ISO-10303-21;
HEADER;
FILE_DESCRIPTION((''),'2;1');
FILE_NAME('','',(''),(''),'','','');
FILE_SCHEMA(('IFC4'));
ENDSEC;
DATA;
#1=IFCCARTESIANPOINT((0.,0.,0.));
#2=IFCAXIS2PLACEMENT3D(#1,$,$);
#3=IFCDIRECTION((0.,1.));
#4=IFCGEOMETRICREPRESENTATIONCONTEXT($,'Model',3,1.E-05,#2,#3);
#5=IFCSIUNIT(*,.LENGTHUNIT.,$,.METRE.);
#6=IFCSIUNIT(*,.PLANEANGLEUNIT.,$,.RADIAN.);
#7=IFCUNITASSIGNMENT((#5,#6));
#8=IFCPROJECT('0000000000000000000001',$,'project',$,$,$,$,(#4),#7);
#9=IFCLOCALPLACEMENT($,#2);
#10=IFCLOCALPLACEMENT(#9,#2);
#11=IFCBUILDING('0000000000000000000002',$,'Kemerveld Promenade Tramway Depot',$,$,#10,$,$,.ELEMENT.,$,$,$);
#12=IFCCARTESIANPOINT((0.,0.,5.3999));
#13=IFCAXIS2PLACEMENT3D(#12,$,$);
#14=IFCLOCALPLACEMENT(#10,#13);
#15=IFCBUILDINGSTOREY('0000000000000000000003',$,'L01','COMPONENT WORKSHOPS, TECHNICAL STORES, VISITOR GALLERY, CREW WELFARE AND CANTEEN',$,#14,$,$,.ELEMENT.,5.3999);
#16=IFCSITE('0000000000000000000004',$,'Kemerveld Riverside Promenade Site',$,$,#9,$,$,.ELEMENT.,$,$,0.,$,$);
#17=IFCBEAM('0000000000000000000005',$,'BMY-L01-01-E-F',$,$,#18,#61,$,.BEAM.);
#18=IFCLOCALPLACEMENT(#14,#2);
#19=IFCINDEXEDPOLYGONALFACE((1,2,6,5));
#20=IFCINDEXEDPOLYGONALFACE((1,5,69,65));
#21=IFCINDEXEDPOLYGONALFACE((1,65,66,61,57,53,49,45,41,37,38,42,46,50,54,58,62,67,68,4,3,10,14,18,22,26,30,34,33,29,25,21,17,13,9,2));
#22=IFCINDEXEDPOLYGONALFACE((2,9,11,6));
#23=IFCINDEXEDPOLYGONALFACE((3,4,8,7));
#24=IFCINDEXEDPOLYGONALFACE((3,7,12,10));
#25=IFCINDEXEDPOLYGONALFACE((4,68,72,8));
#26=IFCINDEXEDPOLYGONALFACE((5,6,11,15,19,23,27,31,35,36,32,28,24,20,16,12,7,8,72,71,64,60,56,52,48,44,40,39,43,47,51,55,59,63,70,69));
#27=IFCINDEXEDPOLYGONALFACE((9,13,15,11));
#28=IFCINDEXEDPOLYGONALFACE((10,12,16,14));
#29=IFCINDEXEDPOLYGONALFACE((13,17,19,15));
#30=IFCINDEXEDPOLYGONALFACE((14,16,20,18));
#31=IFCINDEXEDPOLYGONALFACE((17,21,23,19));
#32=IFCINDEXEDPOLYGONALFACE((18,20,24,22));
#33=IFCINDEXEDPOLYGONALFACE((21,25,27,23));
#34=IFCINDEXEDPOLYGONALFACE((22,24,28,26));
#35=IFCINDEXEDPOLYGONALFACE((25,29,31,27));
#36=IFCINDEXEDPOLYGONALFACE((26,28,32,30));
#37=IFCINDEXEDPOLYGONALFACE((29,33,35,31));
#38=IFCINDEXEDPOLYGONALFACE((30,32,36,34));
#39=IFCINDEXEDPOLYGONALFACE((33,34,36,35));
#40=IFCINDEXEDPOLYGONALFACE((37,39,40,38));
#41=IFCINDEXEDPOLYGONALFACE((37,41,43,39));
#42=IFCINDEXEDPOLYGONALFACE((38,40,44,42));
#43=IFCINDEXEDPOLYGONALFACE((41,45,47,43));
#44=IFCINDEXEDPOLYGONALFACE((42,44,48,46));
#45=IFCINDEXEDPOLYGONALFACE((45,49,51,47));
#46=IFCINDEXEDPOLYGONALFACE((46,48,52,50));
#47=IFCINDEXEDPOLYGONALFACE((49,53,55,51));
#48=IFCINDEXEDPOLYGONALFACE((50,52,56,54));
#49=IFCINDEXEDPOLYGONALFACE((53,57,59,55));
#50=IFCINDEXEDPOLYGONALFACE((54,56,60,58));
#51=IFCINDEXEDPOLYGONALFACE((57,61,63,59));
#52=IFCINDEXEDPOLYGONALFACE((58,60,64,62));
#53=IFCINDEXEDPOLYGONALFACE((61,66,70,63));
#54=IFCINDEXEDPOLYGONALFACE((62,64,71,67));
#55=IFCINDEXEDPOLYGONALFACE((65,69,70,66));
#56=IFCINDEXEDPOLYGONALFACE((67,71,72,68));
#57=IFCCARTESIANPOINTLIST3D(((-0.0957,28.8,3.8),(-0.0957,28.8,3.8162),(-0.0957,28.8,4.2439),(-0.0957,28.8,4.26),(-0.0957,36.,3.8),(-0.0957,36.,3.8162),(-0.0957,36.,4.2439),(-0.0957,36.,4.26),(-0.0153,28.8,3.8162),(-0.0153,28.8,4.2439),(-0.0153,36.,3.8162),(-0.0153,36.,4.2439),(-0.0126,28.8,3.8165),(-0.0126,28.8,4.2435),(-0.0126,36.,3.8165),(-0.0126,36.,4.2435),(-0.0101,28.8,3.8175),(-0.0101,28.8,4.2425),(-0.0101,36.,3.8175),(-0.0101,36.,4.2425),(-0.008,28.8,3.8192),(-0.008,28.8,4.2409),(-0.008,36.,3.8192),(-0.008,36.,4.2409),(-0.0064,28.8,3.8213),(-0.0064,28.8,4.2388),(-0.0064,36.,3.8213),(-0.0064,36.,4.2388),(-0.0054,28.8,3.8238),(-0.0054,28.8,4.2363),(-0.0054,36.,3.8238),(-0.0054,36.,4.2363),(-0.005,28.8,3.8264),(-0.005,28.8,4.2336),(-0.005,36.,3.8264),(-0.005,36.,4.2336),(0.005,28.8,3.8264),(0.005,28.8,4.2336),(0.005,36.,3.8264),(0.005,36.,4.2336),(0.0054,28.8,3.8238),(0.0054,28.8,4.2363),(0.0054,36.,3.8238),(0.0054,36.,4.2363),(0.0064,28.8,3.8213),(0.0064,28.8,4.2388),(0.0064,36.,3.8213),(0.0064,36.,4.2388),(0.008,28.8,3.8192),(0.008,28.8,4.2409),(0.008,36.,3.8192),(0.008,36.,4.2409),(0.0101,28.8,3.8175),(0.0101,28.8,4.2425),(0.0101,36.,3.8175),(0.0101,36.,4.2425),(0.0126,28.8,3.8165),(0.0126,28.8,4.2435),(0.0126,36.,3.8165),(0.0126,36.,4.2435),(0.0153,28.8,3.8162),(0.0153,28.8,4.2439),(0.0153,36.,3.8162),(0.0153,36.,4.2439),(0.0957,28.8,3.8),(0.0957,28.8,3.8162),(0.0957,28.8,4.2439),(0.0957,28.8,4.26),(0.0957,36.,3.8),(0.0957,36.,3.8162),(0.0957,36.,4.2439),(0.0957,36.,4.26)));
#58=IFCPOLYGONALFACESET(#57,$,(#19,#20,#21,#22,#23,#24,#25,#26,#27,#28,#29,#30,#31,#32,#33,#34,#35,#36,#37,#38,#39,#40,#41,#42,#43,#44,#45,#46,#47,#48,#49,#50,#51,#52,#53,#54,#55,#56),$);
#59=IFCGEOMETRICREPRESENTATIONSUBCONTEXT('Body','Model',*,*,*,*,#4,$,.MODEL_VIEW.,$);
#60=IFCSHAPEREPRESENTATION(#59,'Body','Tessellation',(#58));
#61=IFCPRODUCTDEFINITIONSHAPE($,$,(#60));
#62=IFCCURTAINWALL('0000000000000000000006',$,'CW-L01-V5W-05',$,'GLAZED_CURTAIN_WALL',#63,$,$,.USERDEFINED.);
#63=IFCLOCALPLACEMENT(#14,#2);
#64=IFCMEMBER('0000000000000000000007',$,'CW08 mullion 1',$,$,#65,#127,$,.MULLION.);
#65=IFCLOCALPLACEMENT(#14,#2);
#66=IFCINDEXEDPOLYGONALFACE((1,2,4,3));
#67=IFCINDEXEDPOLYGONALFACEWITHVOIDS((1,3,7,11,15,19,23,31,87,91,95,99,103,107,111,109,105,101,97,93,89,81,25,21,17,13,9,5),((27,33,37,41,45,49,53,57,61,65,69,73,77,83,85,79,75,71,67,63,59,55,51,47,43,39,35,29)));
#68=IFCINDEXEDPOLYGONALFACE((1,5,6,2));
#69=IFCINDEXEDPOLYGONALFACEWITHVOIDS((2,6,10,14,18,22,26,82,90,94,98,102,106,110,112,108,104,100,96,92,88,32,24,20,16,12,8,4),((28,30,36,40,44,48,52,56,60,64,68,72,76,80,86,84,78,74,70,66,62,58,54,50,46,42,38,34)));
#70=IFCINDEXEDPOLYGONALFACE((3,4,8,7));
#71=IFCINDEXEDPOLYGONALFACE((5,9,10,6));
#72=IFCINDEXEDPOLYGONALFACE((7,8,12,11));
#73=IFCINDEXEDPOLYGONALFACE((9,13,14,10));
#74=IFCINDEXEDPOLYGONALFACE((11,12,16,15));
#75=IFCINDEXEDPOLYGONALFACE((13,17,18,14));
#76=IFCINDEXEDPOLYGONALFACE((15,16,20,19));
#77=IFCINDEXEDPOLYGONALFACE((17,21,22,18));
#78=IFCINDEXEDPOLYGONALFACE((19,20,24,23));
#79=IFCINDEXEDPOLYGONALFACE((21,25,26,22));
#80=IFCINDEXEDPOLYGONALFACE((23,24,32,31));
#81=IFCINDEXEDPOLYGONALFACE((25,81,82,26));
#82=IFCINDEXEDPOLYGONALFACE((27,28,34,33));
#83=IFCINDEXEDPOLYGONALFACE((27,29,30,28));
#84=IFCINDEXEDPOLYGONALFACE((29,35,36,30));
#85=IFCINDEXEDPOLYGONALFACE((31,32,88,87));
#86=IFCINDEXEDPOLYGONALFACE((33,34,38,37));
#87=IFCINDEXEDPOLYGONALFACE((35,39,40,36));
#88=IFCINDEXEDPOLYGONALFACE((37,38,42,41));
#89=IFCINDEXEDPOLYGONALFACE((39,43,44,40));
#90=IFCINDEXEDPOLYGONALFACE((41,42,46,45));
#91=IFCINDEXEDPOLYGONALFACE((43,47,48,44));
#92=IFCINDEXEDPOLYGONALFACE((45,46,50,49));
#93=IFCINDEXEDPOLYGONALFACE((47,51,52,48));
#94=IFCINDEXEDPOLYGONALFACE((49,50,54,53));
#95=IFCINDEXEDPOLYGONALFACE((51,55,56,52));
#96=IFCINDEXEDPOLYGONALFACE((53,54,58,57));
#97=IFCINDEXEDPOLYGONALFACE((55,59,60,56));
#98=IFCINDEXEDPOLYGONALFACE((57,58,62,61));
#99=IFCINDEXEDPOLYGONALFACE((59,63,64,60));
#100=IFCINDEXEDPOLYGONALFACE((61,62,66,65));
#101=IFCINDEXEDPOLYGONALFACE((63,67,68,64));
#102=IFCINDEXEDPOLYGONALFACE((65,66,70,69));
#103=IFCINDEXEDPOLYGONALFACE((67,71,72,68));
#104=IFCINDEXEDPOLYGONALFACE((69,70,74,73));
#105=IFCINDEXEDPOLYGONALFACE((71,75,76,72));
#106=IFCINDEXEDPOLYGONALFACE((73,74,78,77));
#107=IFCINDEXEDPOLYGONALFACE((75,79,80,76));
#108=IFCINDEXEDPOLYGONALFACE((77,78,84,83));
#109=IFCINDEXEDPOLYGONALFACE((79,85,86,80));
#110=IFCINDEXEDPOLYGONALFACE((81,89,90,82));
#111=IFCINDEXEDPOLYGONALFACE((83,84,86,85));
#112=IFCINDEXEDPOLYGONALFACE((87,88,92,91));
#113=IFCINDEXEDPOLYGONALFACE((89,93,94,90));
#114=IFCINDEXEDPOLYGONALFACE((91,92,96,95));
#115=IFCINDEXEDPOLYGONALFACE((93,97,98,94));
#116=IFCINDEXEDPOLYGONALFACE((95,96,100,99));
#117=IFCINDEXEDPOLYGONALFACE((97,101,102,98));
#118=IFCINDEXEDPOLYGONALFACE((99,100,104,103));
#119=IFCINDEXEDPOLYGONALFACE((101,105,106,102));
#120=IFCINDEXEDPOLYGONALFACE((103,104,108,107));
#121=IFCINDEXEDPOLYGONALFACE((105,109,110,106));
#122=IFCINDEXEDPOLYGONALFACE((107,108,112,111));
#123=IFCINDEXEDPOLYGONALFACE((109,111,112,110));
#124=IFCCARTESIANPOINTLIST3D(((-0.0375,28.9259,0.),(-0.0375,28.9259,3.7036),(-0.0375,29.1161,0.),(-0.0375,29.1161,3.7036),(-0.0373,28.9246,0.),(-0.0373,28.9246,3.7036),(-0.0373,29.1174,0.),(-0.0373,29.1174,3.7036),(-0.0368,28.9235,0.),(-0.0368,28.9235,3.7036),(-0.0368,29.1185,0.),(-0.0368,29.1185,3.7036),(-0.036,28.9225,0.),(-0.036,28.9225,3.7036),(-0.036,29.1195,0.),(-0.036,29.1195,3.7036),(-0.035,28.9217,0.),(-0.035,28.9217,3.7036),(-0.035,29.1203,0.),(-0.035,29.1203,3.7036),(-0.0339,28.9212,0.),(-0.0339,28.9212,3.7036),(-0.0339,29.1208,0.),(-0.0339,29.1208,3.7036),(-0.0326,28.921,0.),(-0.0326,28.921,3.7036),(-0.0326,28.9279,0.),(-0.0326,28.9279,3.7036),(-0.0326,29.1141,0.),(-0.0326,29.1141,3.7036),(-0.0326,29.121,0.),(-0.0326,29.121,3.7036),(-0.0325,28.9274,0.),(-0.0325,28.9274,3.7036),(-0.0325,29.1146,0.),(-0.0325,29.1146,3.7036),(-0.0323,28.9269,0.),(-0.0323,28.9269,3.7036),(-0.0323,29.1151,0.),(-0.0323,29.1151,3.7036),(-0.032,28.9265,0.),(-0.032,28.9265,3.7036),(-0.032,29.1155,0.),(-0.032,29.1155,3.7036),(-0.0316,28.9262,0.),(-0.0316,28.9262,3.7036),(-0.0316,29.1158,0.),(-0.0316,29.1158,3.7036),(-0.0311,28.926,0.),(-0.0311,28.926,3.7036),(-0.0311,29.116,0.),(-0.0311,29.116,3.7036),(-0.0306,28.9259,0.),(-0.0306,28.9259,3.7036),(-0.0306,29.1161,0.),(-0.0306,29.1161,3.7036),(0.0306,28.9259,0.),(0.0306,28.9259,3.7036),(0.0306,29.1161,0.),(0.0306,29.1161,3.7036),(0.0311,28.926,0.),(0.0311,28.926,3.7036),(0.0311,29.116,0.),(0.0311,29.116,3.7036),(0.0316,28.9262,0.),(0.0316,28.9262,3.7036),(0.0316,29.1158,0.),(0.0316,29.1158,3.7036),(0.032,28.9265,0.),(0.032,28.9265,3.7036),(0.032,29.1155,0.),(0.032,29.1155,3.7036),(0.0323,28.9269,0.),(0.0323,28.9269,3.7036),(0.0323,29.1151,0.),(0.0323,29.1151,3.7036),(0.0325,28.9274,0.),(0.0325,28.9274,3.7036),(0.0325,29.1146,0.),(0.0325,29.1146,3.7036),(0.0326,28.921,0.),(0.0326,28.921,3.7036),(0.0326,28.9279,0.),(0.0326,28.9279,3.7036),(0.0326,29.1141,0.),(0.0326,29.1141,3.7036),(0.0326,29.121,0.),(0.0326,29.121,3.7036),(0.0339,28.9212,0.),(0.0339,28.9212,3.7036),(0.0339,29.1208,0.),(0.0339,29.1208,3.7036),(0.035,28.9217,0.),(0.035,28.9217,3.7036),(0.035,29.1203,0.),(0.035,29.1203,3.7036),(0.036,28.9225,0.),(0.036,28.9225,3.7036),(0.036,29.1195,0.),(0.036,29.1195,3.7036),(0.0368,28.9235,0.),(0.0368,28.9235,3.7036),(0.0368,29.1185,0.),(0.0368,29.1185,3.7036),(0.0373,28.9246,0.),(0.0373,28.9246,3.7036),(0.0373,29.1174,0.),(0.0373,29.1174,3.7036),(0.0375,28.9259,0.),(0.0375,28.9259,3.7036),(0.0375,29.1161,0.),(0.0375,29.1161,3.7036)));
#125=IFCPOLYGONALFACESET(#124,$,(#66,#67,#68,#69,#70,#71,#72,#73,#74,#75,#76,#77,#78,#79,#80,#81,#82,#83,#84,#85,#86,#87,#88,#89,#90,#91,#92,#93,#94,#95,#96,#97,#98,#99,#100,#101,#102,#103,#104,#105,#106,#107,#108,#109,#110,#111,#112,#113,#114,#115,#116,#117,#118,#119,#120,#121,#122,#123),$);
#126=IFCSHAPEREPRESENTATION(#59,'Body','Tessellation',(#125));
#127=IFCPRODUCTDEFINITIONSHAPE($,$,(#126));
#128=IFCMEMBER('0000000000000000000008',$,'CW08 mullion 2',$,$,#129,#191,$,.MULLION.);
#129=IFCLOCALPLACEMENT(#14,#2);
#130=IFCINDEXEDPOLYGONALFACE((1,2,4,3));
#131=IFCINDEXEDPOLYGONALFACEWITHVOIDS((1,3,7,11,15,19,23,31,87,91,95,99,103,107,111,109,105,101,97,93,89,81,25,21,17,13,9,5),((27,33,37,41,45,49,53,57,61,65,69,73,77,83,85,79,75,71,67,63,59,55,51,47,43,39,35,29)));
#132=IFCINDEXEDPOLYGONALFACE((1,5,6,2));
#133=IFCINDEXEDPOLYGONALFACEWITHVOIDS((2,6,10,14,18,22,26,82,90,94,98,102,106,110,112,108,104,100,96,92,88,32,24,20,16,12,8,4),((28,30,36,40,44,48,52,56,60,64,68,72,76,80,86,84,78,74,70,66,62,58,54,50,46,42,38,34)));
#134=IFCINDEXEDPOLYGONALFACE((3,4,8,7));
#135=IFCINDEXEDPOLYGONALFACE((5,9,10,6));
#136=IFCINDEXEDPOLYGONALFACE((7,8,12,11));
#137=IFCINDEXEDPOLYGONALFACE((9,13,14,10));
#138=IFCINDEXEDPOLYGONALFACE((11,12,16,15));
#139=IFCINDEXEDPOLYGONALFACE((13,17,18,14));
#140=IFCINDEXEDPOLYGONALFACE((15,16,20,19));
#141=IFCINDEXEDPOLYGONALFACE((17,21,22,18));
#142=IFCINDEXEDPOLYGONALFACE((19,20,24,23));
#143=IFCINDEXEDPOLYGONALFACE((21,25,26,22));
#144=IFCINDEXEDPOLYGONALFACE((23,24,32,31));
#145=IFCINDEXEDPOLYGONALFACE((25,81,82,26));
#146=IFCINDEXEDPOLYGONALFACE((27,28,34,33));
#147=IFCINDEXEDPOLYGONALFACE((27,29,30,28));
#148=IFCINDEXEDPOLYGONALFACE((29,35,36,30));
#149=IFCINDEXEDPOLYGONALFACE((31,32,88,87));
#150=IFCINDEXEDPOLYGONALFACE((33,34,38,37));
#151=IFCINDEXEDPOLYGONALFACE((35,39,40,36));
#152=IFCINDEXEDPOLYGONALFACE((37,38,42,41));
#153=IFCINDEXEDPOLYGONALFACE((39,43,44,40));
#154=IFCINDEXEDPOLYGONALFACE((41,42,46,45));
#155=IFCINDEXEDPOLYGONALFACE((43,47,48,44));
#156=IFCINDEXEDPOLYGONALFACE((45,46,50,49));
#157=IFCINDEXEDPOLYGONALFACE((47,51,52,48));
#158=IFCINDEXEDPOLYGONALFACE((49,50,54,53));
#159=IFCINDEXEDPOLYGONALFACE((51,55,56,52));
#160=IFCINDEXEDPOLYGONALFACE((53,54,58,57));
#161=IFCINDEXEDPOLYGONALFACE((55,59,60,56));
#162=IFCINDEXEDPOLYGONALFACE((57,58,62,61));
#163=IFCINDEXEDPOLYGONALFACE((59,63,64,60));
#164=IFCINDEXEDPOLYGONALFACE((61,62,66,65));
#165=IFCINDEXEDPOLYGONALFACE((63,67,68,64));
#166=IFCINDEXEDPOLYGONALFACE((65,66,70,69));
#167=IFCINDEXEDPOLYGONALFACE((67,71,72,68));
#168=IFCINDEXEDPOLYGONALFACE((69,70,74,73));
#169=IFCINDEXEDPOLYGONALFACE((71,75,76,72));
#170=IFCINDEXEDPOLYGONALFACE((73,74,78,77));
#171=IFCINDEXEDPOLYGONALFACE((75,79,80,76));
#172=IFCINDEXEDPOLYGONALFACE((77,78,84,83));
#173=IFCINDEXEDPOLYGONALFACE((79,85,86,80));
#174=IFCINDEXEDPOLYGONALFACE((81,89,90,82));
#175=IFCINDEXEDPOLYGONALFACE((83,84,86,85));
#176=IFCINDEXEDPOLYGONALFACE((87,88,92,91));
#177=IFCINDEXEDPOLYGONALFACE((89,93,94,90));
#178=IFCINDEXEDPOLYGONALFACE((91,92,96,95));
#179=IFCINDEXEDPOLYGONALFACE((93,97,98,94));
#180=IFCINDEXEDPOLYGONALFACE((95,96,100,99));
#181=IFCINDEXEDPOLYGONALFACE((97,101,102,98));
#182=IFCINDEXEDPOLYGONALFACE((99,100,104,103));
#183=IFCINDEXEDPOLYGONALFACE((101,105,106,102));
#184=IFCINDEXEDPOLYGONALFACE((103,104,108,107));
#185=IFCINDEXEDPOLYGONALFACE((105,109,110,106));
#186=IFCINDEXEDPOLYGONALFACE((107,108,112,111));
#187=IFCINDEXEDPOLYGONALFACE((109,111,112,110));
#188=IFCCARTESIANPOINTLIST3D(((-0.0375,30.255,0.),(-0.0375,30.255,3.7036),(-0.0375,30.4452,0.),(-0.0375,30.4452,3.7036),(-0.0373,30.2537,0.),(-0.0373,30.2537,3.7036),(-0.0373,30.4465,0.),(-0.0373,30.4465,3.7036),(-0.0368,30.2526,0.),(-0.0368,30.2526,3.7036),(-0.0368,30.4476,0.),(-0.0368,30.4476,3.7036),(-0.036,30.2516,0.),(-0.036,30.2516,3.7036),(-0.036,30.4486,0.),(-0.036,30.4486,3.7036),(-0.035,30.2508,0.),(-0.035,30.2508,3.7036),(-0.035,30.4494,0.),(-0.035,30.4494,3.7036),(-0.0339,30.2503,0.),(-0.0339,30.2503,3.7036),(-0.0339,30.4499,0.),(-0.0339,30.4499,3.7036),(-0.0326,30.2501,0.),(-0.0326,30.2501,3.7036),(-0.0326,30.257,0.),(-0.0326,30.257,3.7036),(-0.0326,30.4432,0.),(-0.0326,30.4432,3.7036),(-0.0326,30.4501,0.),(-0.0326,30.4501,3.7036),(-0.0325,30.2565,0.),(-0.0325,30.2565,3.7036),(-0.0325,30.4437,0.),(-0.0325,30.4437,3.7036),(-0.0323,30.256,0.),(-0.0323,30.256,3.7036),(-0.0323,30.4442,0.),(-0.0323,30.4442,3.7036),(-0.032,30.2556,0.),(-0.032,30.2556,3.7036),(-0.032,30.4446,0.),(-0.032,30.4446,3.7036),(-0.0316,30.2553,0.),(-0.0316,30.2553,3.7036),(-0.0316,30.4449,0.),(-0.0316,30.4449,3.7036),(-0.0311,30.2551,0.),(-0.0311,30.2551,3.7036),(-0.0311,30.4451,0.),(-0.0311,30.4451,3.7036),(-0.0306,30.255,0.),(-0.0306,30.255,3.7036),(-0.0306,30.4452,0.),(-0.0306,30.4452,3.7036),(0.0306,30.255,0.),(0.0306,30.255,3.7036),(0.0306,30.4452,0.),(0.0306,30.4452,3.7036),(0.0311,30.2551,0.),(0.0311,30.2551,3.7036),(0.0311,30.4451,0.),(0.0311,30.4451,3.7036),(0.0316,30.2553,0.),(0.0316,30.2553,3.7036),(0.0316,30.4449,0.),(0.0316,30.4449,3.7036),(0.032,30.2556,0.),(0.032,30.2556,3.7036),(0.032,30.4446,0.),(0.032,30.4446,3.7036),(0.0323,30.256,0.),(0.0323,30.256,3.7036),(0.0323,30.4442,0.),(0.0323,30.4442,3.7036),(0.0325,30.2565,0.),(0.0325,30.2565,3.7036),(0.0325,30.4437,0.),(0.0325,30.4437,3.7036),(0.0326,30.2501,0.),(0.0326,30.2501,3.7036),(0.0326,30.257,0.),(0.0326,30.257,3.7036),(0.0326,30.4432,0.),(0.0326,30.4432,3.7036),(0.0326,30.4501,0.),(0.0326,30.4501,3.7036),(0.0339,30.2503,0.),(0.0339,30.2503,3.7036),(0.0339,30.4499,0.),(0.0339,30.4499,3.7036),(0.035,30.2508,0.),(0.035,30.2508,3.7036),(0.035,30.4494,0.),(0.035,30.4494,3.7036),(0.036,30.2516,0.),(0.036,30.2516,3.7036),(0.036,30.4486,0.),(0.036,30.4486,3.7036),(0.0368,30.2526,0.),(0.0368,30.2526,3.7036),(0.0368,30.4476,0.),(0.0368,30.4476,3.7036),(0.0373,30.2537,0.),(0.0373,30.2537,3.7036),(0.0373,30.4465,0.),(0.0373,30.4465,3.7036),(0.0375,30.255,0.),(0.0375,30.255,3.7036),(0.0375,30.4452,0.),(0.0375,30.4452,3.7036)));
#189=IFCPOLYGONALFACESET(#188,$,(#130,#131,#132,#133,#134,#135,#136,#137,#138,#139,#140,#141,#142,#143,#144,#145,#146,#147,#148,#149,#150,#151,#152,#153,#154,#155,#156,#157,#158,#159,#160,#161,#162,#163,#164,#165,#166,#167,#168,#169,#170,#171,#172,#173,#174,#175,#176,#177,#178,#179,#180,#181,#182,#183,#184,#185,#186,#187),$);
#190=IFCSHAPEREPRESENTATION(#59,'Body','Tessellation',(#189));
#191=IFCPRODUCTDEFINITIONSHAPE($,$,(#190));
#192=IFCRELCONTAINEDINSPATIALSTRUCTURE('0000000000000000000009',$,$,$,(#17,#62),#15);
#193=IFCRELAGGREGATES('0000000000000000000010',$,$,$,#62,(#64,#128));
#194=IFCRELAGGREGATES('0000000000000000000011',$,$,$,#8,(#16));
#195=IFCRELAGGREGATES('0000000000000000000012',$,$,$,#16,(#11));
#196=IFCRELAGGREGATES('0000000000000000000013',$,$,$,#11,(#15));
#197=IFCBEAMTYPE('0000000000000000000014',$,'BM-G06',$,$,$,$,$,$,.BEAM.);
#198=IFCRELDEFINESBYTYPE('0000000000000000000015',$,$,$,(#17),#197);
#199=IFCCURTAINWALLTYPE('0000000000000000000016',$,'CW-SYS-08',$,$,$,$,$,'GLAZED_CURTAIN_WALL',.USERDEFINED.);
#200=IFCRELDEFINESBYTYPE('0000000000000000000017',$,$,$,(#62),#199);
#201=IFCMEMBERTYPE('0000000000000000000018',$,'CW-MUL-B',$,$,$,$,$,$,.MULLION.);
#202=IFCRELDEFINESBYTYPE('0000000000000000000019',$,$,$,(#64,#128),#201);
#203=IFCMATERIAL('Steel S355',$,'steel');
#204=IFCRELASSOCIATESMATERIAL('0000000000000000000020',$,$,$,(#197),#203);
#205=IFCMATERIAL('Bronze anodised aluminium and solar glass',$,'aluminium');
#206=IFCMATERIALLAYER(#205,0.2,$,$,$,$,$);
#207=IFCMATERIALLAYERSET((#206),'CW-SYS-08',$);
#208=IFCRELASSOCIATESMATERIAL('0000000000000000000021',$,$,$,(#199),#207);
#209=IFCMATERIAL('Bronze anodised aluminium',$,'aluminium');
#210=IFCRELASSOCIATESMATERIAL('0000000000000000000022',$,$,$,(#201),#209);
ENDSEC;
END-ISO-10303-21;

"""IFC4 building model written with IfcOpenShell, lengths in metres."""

from ifc_helpers import new_model, si_unit, direction, frame, origin, origin_2d, place, context, subcontext, project, spatial, hollow_rectangle, i_section, extrude, material, layer, layer_set, material_profile, profile_set, type_object, element, aggregate, save


model = new_model("IFC4")

# Units and contexts
model_context = context("Model", 3, precision=1e-05, world=origin(), true_north=direction((0.0, 1.0)))
body_context = subcontext(model_context, "Body", "Model", "MODEL_VIEW")
ifc_project = project(units=[si_unit("LENGTHUNIT", "METRE"), si_unit("PLANEANGLEUNIT", "RADIAN")], contexts=[model_context])

# Site, building, storey
site_placement = place(None, origin())
site = spatial("IfcSite", under=ifc_project, at=site_placement, Name="Kemerveld Riverside Promenade Site", CompositionType="ELEMENT", RefElevation=0.0)
building_placement = place(site_placement, origin())
building = spatial("IfcBuilding", under=site, at=building_placement, Name="Kemerveld Promenade Tramway Depot", CompositionType="ELEMENT")
storey_placement = place(building_placement, frame((0.0, 0.0, 5.3999)))
storey = spatial("IfcBuildingStorey", under=building, at=storey_placement, Name="L01", Description="COMPONENT WORKSHOPS, TECHNICAL STORES, VISITOR GALLERY, CREW WELFARE AND CANTEEN", CompositionType="ELEMENT", Elevation=5.3999)

# Beam
ifc_material_1 = material(Name="Steel S355", Category="steel")
ifc_material_profile_1 = material_profile(ifc_material_1, i_section(OverallWidth=0.1914, OverallDepth=0.46, WebThickness=0.01, FlangeThickness=0.0161, FilletRadius=0.0103, at=origin_2d()), Name="457x191x82 UB")
ifc_profile_set_1 = profile_set([ifc_material_profile_1], Name="Steel S355")
beam_type = type_object("IfcBeamType", Name="BM-G06", PredefinedType="BEAM", material=ifc_profile_set_1)
beam_placement = place(storey_placement, frame((0.0, 28.8, 4.03), z_axis=(0.0, 1.0, 0.0), x_axis=(-1.0, 0.0, 0.0)))
element("IfcBeam", 1, at=beam_placement, inside=storey, type_object=beam_type, Name="BMY-L01-01-E-F", PredefinedType="BEAM", context=body_context, shape_type="SweptSolid", body=[
    extrude(i_section(OverallWidth=0.1914, OverallDepth=0.46, WebThickness=0.01, FlangeThickness=0.0161, FilletRadius=0.0103, at=origin_2d()), origin(), (0.0, 0.0, 1.0), 7.2),
])

# Curtain wall, members
ifc_material_2 = material(Name="Bronze anodised aluminium and solar glass", Category="aluminium")
ifc_layer_1 = layer(ifc_material_2, 0.2)
ifc_layer_set_1 = layer_set([ifc_layer_1], Name="CW-SYS-08")
curtain_wall_type = type_object("IfcCurtainWallType", Name="CW-SYS-08", ElementType="GLAZED_CURTAIN_WALL", PredefinedType="USERDEFINED", material=ifc_layer_set_1)
curtain_wall_placement = place(storey_placement, origin())
curtain_wall = element("IfcCurtainWall", 2, at=curtain_wall_placement, inside=storey, type_object=curtain_wall_type, Name="CW-L01-V5W-05", ObjectType="GLAZED_CURTAIN_WALL", PredefinedType="USERDEFINED")
ifc_material_3 = material(Name="Bronze anodised aluminium", Category="aluminium")
ifc_material_profile_2 = material_profile(ifc_material_3, hollow_rectangle(XDim=0.075, YDim=0.2, WallThickness=0.0049, InnerFilletRadius=0.002, OuterFilletRadius=0.0049, at=origin_2d()), Name="CW-MUL-200x75")
ifc_profile_set_2 = profile_set([ifc_material_profile_2], Name="Bronze anodised aluminium")
member_type_1 = type_object("IfcMemberType", Name="CW-MUL-B", PredefinedType="MULLION", material=ifc_profile_set_2)
member_1_placement = place(storey_placement, frame((0.0, 29.021, 0.0), z_axis=(0.0, 0.0, 1.0), x_axis=(-1.0, 0.0, 0.0)))
member_1 = element("IfcMember", 3, at=member_1_placement, type_object=member_type_1, Name="CW08 mullion 1", PredefinedType="MULLION", context=body_context, shape_type="SweptSolid", body=[
    extrude(hollow_rectangle(XDim=0.075, YDim=0.2, WallThickness=0.0049, InnerFilletRadius=0.002, OuterFilletRadius=0.0049, at=origin_2d()), origin(), (0.0, 0.0, 1.0), 3.7036),
])
member_2_placement = place(storey_placement, frame((0.0, 30.3501, 0.0), z_axis=(0.0, 0.0, 1.0), x_axis=(-1.0, 0.0, 0.0)))
member_2 = element("IfcMember", 4, at=member_2_placement, type_object=member_type_1, Name="CW08 mullion 2", PredefinedType="MULLION", context=body_context, shape_type="SweptSolid", body=[
    extrude(hollow_rectangle(XDim=0.075, YDim=0.2, WallThickness=0.0049, InnerFilletRadius=0.002, OuterFilletRadius=0.0049, at=origin_2d()), origin(), (0.0, 0.0, 1.0), 3.7036),
])
aggregate(curtain_wall, [member_1, member_2])

save(model, "model.ifc")
